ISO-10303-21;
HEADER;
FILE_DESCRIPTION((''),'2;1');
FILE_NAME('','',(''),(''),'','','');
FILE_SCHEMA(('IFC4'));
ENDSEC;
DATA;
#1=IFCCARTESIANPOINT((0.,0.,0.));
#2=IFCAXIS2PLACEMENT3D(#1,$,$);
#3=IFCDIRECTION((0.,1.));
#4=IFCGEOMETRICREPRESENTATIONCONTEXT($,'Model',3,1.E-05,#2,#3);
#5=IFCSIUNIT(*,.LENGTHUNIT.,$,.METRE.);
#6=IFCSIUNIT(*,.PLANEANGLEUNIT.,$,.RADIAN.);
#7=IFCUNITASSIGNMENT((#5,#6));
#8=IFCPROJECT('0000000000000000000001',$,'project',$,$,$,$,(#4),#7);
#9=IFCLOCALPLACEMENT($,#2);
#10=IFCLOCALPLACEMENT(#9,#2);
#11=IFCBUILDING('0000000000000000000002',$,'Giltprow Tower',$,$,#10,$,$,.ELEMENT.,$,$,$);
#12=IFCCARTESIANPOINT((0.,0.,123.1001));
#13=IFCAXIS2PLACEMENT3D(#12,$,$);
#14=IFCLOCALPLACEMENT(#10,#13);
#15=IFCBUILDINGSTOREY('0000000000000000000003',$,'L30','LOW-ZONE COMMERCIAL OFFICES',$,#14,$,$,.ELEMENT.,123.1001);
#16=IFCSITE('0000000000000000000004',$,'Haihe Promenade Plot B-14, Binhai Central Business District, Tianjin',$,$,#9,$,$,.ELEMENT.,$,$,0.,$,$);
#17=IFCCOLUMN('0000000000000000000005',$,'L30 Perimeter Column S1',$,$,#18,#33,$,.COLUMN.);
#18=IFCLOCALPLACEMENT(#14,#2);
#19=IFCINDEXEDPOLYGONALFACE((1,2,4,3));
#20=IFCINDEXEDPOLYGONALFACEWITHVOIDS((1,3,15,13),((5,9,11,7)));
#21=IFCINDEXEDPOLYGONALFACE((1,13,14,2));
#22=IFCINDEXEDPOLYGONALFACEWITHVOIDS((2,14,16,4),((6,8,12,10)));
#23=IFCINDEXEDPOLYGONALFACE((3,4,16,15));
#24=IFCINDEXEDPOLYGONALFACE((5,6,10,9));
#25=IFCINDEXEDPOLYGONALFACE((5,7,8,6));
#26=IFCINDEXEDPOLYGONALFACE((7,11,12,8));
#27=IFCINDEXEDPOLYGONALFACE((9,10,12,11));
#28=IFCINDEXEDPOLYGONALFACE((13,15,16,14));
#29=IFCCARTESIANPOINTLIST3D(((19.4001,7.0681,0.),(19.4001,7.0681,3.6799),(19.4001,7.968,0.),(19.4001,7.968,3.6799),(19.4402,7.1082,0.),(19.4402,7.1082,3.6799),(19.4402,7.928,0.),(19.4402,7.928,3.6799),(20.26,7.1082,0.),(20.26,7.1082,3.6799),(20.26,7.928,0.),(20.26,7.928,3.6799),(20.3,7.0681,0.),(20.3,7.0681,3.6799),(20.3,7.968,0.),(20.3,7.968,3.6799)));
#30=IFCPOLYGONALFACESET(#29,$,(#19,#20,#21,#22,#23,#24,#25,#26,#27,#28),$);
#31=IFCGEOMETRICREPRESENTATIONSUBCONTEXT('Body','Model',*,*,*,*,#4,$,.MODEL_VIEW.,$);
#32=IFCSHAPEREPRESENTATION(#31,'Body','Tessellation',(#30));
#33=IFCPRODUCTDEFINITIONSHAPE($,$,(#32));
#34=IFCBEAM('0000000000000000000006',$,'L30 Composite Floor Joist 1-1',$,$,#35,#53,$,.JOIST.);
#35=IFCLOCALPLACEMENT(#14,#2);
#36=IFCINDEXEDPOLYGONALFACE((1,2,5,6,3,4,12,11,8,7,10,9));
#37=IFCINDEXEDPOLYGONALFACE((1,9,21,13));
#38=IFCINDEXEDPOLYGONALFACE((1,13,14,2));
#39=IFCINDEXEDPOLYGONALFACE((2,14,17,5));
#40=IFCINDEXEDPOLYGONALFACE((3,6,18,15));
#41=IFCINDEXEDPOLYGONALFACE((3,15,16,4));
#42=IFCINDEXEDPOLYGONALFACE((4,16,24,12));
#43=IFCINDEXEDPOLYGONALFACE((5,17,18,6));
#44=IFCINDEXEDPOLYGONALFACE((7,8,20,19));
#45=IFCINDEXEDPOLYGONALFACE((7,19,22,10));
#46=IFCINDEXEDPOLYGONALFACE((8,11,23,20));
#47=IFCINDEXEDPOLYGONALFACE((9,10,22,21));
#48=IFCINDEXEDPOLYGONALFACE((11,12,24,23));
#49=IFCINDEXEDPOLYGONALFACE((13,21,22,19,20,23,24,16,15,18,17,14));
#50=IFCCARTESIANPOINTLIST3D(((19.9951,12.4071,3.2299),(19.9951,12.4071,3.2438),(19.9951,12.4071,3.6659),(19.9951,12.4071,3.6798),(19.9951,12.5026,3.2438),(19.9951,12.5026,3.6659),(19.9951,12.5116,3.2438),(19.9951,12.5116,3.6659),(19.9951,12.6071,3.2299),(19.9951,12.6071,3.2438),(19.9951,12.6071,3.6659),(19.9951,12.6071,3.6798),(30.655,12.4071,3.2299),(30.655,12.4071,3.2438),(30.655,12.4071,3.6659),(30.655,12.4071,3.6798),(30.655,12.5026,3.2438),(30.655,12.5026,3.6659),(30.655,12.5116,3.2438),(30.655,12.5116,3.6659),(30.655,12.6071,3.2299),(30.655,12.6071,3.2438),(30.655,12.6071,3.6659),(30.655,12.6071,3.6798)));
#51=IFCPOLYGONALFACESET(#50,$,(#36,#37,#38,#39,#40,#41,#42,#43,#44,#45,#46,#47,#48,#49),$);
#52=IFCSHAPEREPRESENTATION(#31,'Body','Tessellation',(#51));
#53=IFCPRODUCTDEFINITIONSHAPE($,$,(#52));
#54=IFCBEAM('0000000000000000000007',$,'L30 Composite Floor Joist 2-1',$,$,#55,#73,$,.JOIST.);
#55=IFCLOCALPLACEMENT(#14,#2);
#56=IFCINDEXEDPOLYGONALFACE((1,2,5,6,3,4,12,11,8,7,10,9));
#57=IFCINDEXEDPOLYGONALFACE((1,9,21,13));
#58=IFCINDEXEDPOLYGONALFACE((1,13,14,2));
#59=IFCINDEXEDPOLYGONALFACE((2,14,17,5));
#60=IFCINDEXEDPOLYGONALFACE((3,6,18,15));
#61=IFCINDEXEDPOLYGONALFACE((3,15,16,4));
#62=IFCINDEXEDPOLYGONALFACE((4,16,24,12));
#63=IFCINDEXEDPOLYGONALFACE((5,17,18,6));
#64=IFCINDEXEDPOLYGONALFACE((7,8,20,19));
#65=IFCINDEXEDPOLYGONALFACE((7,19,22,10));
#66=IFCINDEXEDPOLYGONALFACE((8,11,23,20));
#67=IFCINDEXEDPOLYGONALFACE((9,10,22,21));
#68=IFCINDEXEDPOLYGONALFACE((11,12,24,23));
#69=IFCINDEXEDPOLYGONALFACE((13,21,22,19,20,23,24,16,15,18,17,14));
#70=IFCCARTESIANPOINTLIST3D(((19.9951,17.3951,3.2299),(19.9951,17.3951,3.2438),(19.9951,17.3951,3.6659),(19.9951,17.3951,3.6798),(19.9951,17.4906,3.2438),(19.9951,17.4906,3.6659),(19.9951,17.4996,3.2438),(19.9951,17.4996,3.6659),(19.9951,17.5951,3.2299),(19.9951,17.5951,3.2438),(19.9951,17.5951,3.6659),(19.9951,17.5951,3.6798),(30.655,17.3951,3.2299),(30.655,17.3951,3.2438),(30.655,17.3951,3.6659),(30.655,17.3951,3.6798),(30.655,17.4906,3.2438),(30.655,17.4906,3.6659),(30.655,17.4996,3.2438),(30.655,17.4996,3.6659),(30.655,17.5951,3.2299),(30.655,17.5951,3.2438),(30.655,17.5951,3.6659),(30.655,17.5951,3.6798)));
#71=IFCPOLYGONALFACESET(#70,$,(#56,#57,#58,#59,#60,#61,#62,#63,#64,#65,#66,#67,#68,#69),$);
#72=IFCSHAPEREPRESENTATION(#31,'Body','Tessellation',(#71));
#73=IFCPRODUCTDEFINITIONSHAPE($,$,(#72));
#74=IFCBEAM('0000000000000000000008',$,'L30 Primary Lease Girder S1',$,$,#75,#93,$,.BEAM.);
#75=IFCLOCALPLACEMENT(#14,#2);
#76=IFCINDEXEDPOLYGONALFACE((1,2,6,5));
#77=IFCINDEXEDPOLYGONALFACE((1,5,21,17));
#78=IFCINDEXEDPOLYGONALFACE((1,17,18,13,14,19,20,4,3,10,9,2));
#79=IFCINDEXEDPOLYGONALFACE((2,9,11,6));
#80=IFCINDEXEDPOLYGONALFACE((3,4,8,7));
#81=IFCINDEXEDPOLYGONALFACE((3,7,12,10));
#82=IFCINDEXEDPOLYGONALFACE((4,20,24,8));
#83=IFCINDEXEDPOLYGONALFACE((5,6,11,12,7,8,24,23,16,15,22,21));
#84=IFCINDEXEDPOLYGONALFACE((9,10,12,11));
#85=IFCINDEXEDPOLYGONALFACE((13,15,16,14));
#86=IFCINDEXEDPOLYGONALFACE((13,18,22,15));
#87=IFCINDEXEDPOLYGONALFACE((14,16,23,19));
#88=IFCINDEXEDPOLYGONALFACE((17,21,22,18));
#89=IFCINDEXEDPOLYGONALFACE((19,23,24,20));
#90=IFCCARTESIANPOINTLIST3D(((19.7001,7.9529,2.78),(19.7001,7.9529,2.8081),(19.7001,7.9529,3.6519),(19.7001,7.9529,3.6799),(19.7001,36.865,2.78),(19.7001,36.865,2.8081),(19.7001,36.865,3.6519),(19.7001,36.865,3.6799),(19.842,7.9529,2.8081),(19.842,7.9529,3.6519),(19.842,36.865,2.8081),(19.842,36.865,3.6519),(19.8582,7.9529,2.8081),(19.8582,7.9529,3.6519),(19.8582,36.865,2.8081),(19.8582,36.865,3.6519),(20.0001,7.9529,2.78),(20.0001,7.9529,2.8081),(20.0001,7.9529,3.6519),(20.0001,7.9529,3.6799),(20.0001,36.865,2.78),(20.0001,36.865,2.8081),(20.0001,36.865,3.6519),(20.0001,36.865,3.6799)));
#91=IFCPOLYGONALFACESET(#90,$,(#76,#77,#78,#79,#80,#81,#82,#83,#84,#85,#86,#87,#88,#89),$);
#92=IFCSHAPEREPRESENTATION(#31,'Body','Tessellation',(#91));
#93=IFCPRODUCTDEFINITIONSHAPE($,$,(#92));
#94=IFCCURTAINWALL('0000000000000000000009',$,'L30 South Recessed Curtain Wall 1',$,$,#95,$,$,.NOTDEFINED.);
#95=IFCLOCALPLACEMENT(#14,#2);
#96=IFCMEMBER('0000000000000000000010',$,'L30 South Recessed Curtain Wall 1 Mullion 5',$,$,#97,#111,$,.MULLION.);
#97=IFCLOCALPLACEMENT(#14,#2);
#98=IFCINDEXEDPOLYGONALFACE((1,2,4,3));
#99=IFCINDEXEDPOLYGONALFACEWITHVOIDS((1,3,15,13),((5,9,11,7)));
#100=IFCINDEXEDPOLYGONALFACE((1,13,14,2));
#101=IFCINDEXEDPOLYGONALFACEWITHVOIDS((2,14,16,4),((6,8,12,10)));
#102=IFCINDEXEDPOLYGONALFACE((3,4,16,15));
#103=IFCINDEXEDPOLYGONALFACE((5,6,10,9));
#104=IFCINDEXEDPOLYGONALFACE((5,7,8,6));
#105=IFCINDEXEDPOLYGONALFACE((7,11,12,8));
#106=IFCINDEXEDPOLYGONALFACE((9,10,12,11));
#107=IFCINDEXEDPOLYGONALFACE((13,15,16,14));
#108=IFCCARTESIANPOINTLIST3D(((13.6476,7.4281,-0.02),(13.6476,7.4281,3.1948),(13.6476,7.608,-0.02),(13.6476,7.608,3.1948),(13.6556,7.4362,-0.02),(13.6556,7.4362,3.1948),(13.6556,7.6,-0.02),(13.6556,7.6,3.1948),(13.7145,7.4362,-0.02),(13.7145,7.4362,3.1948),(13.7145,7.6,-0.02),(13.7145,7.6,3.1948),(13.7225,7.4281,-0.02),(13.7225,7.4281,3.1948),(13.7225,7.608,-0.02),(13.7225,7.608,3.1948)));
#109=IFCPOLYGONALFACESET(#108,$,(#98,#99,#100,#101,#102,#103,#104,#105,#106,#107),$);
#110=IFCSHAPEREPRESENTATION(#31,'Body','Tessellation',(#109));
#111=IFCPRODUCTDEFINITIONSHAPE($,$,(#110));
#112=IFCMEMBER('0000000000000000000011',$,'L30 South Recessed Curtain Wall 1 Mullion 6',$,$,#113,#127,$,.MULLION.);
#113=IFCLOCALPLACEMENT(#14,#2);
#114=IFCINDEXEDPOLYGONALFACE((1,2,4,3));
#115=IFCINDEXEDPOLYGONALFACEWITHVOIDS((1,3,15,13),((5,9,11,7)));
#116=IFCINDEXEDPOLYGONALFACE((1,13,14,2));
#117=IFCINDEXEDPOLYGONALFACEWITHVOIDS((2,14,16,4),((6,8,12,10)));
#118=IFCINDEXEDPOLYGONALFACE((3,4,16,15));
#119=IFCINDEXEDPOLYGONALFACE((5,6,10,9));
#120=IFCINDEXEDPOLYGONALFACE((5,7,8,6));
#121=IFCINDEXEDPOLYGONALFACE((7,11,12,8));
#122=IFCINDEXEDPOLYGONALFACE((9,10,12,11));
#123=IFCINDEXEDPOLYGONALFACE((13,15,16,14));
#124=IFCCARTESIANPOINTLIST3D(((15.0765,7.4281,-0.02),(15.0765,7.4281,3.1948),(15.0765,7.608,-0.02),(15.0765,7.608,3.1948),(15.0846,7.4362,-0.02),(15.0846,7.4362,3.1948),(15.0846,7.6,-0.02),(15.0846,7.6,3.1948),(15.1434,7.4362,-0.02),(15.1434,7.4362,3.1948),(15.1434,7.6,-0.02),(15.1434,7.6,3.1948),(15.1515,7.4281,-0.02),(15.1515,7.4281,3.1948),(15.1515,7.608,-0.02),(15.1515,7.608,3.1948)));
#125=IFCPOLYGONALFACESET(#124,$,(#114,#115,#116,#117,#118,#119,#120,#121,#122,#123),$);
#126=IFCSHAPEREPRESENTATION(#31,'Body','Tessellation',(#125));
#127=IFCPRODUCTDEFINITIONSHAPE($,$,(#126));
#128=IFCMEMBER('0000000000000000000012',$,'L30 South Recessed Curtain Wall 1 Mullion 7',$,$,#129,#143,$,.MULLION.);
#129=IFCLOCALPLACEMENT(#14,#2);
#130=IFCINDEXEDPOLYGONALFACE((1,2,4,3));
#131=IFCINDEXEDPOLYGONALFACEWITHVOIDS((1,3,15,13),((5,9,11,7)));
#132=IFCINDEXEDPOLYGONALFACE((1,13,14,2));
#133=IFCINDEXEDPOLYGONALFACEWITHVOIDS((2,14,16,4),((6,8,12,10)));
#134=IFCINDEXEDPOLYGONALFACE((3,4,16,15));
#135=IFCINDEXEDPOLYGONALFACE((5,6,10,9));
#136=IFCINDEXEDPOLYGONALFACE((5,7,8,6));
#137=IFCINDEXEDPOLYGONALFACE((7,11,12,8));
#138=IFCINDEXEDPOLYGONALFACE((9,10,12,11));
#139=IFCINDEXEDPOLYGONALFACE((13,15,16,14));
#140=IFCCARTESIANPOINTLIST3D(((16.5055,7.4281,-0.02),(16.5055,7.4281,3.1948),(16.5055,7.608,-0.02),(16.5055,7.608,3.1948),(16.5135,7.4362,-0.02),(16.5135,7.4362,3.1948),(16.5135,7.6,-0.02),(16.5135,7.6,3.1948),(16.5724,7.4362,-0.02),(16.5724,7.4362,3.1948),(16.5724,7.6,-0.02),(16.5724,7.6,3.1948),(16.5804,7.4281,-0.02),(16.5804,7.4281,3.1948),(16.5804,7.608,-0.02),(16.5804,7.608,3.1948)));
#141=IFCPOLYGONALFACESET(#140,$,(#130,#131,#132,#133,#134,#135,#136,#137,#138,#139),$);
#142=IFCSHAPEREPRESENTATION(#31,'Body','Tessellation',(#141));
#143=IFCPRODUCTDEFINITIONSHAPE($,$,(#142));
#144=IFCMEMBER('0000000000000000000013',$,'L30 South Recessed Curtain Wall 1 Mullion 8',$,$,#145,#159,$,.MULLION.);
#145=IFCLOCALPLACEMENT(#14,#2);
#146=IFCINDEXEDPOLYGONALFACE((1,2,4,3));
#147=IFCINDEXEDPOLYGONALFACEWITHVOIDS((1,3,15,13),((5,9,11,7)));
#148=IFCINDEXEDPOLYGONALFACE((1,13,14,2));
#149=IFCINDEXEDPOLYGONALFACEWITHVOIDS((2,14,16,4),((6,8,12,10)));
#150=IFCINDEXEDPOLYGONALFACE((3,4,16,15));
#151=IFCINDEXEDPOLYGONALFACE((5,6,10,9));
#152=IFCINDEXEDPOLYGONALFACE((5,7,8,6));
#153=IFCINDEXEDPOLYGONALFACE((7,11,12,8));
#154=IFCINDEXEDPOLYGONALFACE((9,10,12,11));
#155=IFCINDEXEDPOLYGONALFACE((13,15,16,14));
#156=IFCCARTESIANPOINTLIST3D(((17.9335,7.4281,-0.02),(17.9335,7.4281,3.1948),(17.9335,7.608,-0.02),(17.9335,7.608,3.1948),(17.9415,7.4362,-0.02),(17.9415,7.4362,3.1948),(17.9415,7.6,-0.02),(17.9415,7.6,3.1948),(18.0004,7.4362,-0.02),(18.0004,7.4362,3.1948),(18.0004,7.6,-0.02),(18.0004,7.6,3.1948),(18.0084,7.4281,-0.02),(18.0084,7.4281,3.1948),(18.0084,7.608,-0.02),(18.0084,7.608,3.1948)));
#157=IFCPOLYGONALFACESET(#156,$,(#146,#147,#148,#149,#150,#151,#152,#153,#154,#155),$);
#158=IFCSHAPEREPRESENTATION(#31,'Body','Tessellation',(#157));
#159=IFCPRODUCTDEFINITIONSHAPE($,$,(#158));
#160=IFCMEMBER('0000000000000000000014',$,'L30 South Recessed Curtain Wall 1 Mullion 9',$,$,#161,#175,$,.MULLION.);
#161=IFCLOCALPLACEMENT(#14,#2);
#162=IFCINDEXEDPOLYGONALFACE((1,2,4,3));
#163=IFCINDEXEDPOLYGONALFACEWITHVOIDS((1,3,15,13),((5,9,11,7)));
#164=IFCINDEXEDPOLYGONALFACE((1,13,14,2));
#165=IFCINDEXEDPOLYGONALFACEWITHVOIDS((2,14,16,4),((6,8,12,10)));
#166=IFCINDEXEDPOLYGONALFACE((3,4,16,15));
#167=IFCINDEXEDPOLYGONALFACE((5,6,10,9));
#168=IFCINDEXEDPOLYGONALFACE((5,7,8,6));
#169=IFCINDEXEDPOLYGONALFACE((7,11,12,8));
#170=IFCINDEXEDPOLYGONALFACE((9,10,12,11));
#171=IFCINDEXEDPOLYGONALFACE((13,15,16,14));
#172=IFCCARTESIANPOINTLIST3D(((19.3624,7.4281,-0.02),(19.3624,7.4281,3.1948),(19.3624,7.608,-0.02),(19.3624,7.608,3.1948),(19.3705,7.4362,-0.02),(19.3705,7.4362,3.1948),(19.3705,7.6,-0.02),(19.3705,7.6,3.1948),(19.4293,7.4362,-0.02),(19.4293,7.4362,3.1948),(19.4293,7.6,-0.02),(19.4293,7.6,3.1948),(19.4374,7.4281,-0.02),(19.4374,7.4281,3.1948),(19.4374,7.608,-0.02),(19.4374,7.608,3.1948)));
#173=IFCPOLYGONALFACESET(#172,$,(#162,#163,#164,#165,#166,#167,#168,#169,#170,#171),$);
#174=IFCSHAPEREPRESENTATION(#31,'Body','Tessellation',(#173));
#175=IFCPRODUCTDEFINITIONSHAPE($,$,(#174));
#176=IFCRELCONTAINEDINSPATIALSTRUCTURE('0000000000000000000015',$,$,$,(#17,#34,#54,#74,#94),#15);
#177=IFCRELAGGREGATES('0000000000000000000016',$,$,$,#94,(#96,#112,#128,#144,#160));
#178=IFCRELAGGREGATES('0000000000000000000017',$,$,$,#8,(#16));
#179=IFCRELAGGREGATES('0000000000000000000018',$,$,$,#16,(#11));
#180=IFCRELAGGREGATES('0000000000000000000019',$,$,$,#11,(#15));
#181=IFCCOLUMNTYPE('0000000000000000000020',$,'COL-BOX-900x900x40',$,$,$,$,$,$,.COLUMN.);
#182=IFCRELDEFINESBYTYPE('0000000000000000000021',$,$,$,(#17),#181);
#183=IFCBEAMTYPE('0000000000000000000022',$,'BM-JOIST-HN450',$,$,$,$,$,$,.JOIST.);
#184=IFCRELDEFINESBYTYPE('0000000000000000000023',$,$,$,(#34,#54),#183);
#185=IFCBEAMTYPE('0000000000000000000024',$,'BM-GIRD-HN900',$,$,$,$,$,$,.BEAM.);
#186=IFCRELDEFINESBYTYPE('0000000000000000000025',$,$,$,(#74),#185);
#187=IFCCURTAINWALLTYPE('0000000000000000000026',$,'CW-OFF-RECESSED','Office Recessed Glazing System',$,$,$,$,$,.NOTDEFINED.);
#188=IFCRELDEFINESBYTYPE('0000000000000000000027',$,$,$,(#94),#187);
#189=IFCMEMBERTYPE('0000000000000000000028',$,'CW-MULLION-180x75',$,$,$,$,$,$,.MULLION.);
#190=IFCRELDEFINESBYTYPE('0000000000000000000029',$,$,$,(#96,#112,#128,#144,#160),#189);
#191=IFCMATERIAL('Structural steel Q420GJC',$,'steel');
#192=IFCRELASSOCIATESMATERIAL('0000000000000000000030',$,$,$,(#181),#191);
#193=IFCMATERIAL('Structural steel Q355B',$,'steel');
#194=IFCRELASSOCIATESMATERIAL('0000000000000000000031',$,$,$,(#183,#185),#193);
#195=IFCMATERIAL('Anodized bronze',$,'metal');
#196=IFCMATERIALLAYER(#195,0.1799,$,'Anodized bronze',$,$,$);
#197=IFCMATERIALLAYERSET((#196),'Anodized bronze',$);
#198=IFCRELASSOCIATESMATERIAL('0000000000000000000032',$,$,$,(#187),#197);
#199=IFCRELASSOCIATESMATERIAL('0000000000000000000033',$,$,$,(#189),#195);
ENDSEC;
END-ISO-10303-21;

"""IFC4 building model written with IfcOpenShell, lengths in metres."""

from ifc_helpers import new_model, si_unit, direction, frame, origin, origin_2d, place, context, subcontext, project, spatial, hollow_rectangle, i_section, extrude, source, transform, mapped, material, layer, layer_set, material_profile, profile_set, type_object, element, aggregate, save


model = new_model("IFC4")

# Units and contexts
model_context = context("Model", 3, precision=1e-05, world=origin(), true_north=direction((0.0, 1.0)))
body_context = subcontext(model_context, "Body", "Model", "MODEL_VIEW")
ifc_project = project(units=[si_unit("LENGTHUNIT", "METRE"), si_unit("PLANEANGLEUNIT", "RADIAN")], contexts=[model_context])

# Site, building, storey
site_placement = place(None, origin())
site = spatial("IfcSite", under=ifc_project, at=site_placement, Name="Haihe Promenade Plot B-14, Binhai Central Business District, Tianjin", CompositionType="ELEMENT", RefElevation=0.0)
building_placement = place(site_placement, origin())
building = spatial("IfcBuilding", under=site, at=building_placement, Name="Giltprow Tower", CompositionType="ELEMENT")
storey_placement = place(building_placement, frame((0.0, 0.0, 123.1001)))
storey = spatial("IfcBuildingStorey", under=building, at=storey_placement, Name="L30", Description="LOW-ZONE COMMERCIAL OFFICES", CompositionType="ELEMENT", Elevation=123.1001)

# Column
ifc_material_1 = material(Name="Structural steel Q420GJC", Category="steel")
ifc_material_profile_1 = material_profile(ifc_material_1, hollow_rectangle(XDim=0.8999, YDim=0.8999, WallThickness=0.04, at=origin_2d()), Name="BOX 900x900x40")
ifc_profile_set_1 = profile_set([ifc_material_profile_1], Name="Structural steel Q420GJC")
column_type = type_object("IfcColumnType", Name="COL-BOX-900x900x40", PredefinedType="COLUMN", material=ifc_profile_set_1)
shared_shape_1 = source(origin(), body_context, "Body", "SweptSolid", [
    extrude(hollow_rectangle(XDim=0.8999, YDim=0.8999, WallThickness=0.04, at=origin_2d()), origin(), (0.0, 0.0, 1.0), 3.6799),
])
column_placement = place(storey_placement, frame((19.8501, 7.5181, 0.0), z_axis=(0.0, 0.0, 1.0), x_axis=(1.0, 0.0, 0.0)))
element("IfcColumn", 1, at=column_placement, inside=storey, type_object=column_type, Name="L30 Perimeter Column S1", PredefinedType="COLUMN", context=body_context, shape_type="MappedRepresentation", body=[
    mapped(shared_shape_1, transform((0.0, 0.0, 0.0), x_axis=(1.0, 0.0, 0.0), y_axis=(0.0, 1.0, 0.0), z_axis=(0.0, 0.0, 1.0), scale=1.0)),
])

# Beams
ifc_material_2 = material(Name="Structural steel Q355B", Category="steel")
ifc_material_profile_2 = material_profile(ifc_material_2, i_section(OverallWidth=0.2, OverallDepth=0.45, WebThickness=0.009, FlangeThickness=0.0139, at=origin_2d()), Name="HN 450x200x9x14")
ifc_profile_set_2 = profile_set([ifc_material_profile_2], Name="Structural steel Q355B")
beam_type_1 = type_object("IfcBeamType", Name="BM-JOIST-HN450", PredefinedType="JOIST", material=ifc_profile_set_2)
shared_shape_2 = source(origin(), body_context, "Body", "SweptSolid", [
    extrude(i_section(OverallWidth=0.2, OverallDepth=0.45, WebThickness=0.009, FlangeThickness=0.0139, at=origin_2d()), origin(), (0.0, 0.0, 1.0), 10.6599),
])
for number, where, z_axis, x_axis, name in (
    (2, (19.9951, 12.5071, 3.4548), (1.0, 0.0, 0.0), (0.0, 1.0, 0.0), "L30 Composite Floor Joist 1-1"),
    (3, (19.9951, 17.4951, 3.4548), (1.0, 0.0, 0.0), (0.0, 1.0, 0.0), "L30 Composite Floor Joist 2-1"),
):
    element("IfcBeam", number, at=place(storey_placement, frame(where, z_axis=z_axis, x_axis=x_axis)), inside=storey, type_object=beam_type_1, Name=name, PredefinedType="JOIST", context=body_context, shape_type="MappedRepresentation", body=[
        mapped(shared_shape_2, transform((0.0, 0.0, 0.0), x_axis=(1.0, 0.0, 0.0), y_axis=(0.0, 1.0, 0.0), z_axis=(0.0, 0.0, 1.0), scale=1.0)),
    ])
ifc_material_profile_3 = material_profile(ifc_material_2, i_section(OverallWidth=0.3, OverallDepth=0.8999, WebThickness=0.0161, FlangeThickness=0.0281, at=origin_2d()), Name="HN 900x300x16x28")
ifc_profile_set_3 = profile_set([ifc_material_profile_3], Name="Structural steel Q355B")
beam_type_2 = type_object("IfcBeamType", Name="BM-GIRD-HN900", PredefinedType="BEAM", material=ifc_profile_set_3)
shared_shape_3 = source(origin(), body_context, "Body", "SweptSolid", [
    extrude(i_section(OverallWidth=0.3, OverallDepth=0.8999, WebThickness=0.0161, FlangeThickness=0.0281, at=origin_2d()), origin(), (0.0, 0.0, 1.0), 28.9121),
])
beam_placement = place(storey_placement, frame((19.8501, 7.9529, 3.23), z_axis=(0.0, 1.0, 0.0), x_axis=(-1.0, 0.0, 0.0)))
element("IfcBeam", 4, at=beam_placement, inside=storey, type_object=beam_type_2, Name="L30 Primary Lease Girder S1", PredefinedType="BEAM", context=body_context, shape_type="MappedRepresentation", body=[
    mapped(shared_shape_3, transform((0.0, 0.0, 0.0), x_axis=(1.0, 0.0, 0.0), y_axis=(0.0, 1.0, 0.0), z_axis=(0.0, 0.0, 1.0), scale=1.0)),
])

# Curtain wall, members
ifc_material_3 = material(Name="Anodized bronze", Category="metal")
ifc_layer = layer(ifc_material_3, 0.1799, Name="Anodized bronze")
ifc_layer_set = layer_set([ifc_layer], Name="Anodized bronze")
curtain_wall_type = type_object("IfcCurtainWallType", Name="CW-OFF-RECESSED", Description="Office Recessed Glazing System", PredefinedType="NOTDEFINED", material=ifc_layer_set)
curtain_wall_placement = place(storey_placement, origin())
curtain_wall = element("IfcCurtainWall", 5, at=curtain_wall_placement, inside=storey, type_object=curtain_wall_type, Name="L30 South Recessed Curtain Wall 1", PredefinedType="NOTDEFINED")
ifc_material_profile_4 = material_profile(ifc_material_3, hollow_rectangle(XDim=0.075, YDim=0.1799, WallThickness=0.0081, at=origin_2d()), Name="RHS 180x75x8")
ifc_profile_set_4 = profile_set([ifc_material_profile_4], Name="Anodized bronze")
member_type = type_object("IfcMemberType", Name="CW-MULLION-180x75", PredefinedType="MULLION", material=ifc_profile_set_4)
shared_shape_4 = source(origin(), body_context, "Body", "SweptSolid", [
    extrude(hollow_rectangle(XDim=0.075, YDim=0.1799, WallThickness=0.0081, at=origin_2d()), origin(), (0.0, 0.0, 1.0), 3.2148),
])
member_1_placement = place(storey_placement, frame((13.6851, 7.5181, -0.02), z_axis=(0.0, 0.0, 1.0), x_axis=(1.0, 0.0, 0.0)))
member_1 = element("IfcMember", 6, at=member_1_placement, type_object=member_type, Name="L30 South Recessed Curtain Wall 1 Mullion 5", PredefinedType="MULLION", context=body_context, shape_type="MappedRepresentation", body=[
    mapped(shared_shape_4, transform((0.0, 0.0, 0.0), x_axis=(1.0, 0.0, 0.0), y_axis=(0.0, 1.0, 0.0), z_axis=(0.0, 0.0, 1.0), scale=1.0)),
])
member_2_placement = place(storey_placement, frame((15.114, 7.5181, -0.02), z_axis=(0.0, 0.0, 1.0), x_axis=(1.0, 0.0, 0.0)))
member_2 = element("IfcMember", 7, at=member_2_placement, type_object=member_type, Name="L30 South Recessed Curtain Wall 1 Mullion 6", PredefinedType="MULLION", context=body_context, shape_type="MappedRepresentation", body=[
    mapped(shared_shape_4, transform((0.0, 0.0, 0.0), x_axis=(1.0, 0.0, 0.0), y_axis=(0.0, 1.0, 0.0), z_axis=(0.0, 0.0, 1.0), scale=1.0)),
])
member_3_placement = place(storey_placement, frame((16.543, 7.5181, -0.02), z_axis=(0.0, 0.0, 1.0), x_axis=(1.0, 0.0, 0.0)))
member_3 = element("IfcMember", 8, at=member_3_placement, type_object=member_type, Name="L30 South Recessed Curtain Wall 1 Mullion 7", PredefinedType="MULLION", context=body_context, shape_type="MappedRepresentation", body=[
    mapped(shared_shape_4, transform((0.0, 0.0, 0.0), x_axis=(1.0, 0.0, 0.0), y_axis=(0.0, 1.0, 0.0), z_axis=(0.0, 0.0, 1.0), scale=1.0)),
])
member_4_placement = place(storey_placement, frame((17.9709, 7.5181, -0.02), z_axis=(0.0, 0.0, 1.0), x_axis=(1.0, 0.0, 0.0)))
member_4 = element("IfcMember", 9, at=member_4_placement, type_object=member_type, Name="L30 South Recessed Curtain Wall 1 Mullion 8", PredefinedType="MULLION", context=body_context, shape_type="MappedRepresentation", body=[
    mapped(shared_shape_4, transform((0.0, 0.0, 0.0), x_axis=(1.0, 0.0, 0.0), y_axis=(0.0, 1.0, 0.0), z_axis=(0.0, 0.0, 1.0), scale=1.0)),
])
member_5_placement = place(storey_placement, frame((19.3999, 7.5181, -0.02), z_axis=(0.0, 0.0, 1.0), x_axis=(1.0, 0.0, 0.0)))
member_5 = element("IfcMember", 10, at=member_5_placement, type_object=member_type, Name="L30 South Recessed Curtain Wall 1 Mullion 9", PredefinedType="MULLION", context=body_context, shape_type="MappedRepresentation", body=[
    mapped(shared_shape_4, transform((0.0, 0.0, 0.0), x_axis=(1.0, 0.0, 0.0), y_axis=(0.0, 1.0, 0.0), z_axis=(0.0, 0.0, 1.0), scale=1.0)),
])
aggregate(curtain_wall, [member_1, member_2, member_3, member_4, member_5])

save(model, "model.ifc")
